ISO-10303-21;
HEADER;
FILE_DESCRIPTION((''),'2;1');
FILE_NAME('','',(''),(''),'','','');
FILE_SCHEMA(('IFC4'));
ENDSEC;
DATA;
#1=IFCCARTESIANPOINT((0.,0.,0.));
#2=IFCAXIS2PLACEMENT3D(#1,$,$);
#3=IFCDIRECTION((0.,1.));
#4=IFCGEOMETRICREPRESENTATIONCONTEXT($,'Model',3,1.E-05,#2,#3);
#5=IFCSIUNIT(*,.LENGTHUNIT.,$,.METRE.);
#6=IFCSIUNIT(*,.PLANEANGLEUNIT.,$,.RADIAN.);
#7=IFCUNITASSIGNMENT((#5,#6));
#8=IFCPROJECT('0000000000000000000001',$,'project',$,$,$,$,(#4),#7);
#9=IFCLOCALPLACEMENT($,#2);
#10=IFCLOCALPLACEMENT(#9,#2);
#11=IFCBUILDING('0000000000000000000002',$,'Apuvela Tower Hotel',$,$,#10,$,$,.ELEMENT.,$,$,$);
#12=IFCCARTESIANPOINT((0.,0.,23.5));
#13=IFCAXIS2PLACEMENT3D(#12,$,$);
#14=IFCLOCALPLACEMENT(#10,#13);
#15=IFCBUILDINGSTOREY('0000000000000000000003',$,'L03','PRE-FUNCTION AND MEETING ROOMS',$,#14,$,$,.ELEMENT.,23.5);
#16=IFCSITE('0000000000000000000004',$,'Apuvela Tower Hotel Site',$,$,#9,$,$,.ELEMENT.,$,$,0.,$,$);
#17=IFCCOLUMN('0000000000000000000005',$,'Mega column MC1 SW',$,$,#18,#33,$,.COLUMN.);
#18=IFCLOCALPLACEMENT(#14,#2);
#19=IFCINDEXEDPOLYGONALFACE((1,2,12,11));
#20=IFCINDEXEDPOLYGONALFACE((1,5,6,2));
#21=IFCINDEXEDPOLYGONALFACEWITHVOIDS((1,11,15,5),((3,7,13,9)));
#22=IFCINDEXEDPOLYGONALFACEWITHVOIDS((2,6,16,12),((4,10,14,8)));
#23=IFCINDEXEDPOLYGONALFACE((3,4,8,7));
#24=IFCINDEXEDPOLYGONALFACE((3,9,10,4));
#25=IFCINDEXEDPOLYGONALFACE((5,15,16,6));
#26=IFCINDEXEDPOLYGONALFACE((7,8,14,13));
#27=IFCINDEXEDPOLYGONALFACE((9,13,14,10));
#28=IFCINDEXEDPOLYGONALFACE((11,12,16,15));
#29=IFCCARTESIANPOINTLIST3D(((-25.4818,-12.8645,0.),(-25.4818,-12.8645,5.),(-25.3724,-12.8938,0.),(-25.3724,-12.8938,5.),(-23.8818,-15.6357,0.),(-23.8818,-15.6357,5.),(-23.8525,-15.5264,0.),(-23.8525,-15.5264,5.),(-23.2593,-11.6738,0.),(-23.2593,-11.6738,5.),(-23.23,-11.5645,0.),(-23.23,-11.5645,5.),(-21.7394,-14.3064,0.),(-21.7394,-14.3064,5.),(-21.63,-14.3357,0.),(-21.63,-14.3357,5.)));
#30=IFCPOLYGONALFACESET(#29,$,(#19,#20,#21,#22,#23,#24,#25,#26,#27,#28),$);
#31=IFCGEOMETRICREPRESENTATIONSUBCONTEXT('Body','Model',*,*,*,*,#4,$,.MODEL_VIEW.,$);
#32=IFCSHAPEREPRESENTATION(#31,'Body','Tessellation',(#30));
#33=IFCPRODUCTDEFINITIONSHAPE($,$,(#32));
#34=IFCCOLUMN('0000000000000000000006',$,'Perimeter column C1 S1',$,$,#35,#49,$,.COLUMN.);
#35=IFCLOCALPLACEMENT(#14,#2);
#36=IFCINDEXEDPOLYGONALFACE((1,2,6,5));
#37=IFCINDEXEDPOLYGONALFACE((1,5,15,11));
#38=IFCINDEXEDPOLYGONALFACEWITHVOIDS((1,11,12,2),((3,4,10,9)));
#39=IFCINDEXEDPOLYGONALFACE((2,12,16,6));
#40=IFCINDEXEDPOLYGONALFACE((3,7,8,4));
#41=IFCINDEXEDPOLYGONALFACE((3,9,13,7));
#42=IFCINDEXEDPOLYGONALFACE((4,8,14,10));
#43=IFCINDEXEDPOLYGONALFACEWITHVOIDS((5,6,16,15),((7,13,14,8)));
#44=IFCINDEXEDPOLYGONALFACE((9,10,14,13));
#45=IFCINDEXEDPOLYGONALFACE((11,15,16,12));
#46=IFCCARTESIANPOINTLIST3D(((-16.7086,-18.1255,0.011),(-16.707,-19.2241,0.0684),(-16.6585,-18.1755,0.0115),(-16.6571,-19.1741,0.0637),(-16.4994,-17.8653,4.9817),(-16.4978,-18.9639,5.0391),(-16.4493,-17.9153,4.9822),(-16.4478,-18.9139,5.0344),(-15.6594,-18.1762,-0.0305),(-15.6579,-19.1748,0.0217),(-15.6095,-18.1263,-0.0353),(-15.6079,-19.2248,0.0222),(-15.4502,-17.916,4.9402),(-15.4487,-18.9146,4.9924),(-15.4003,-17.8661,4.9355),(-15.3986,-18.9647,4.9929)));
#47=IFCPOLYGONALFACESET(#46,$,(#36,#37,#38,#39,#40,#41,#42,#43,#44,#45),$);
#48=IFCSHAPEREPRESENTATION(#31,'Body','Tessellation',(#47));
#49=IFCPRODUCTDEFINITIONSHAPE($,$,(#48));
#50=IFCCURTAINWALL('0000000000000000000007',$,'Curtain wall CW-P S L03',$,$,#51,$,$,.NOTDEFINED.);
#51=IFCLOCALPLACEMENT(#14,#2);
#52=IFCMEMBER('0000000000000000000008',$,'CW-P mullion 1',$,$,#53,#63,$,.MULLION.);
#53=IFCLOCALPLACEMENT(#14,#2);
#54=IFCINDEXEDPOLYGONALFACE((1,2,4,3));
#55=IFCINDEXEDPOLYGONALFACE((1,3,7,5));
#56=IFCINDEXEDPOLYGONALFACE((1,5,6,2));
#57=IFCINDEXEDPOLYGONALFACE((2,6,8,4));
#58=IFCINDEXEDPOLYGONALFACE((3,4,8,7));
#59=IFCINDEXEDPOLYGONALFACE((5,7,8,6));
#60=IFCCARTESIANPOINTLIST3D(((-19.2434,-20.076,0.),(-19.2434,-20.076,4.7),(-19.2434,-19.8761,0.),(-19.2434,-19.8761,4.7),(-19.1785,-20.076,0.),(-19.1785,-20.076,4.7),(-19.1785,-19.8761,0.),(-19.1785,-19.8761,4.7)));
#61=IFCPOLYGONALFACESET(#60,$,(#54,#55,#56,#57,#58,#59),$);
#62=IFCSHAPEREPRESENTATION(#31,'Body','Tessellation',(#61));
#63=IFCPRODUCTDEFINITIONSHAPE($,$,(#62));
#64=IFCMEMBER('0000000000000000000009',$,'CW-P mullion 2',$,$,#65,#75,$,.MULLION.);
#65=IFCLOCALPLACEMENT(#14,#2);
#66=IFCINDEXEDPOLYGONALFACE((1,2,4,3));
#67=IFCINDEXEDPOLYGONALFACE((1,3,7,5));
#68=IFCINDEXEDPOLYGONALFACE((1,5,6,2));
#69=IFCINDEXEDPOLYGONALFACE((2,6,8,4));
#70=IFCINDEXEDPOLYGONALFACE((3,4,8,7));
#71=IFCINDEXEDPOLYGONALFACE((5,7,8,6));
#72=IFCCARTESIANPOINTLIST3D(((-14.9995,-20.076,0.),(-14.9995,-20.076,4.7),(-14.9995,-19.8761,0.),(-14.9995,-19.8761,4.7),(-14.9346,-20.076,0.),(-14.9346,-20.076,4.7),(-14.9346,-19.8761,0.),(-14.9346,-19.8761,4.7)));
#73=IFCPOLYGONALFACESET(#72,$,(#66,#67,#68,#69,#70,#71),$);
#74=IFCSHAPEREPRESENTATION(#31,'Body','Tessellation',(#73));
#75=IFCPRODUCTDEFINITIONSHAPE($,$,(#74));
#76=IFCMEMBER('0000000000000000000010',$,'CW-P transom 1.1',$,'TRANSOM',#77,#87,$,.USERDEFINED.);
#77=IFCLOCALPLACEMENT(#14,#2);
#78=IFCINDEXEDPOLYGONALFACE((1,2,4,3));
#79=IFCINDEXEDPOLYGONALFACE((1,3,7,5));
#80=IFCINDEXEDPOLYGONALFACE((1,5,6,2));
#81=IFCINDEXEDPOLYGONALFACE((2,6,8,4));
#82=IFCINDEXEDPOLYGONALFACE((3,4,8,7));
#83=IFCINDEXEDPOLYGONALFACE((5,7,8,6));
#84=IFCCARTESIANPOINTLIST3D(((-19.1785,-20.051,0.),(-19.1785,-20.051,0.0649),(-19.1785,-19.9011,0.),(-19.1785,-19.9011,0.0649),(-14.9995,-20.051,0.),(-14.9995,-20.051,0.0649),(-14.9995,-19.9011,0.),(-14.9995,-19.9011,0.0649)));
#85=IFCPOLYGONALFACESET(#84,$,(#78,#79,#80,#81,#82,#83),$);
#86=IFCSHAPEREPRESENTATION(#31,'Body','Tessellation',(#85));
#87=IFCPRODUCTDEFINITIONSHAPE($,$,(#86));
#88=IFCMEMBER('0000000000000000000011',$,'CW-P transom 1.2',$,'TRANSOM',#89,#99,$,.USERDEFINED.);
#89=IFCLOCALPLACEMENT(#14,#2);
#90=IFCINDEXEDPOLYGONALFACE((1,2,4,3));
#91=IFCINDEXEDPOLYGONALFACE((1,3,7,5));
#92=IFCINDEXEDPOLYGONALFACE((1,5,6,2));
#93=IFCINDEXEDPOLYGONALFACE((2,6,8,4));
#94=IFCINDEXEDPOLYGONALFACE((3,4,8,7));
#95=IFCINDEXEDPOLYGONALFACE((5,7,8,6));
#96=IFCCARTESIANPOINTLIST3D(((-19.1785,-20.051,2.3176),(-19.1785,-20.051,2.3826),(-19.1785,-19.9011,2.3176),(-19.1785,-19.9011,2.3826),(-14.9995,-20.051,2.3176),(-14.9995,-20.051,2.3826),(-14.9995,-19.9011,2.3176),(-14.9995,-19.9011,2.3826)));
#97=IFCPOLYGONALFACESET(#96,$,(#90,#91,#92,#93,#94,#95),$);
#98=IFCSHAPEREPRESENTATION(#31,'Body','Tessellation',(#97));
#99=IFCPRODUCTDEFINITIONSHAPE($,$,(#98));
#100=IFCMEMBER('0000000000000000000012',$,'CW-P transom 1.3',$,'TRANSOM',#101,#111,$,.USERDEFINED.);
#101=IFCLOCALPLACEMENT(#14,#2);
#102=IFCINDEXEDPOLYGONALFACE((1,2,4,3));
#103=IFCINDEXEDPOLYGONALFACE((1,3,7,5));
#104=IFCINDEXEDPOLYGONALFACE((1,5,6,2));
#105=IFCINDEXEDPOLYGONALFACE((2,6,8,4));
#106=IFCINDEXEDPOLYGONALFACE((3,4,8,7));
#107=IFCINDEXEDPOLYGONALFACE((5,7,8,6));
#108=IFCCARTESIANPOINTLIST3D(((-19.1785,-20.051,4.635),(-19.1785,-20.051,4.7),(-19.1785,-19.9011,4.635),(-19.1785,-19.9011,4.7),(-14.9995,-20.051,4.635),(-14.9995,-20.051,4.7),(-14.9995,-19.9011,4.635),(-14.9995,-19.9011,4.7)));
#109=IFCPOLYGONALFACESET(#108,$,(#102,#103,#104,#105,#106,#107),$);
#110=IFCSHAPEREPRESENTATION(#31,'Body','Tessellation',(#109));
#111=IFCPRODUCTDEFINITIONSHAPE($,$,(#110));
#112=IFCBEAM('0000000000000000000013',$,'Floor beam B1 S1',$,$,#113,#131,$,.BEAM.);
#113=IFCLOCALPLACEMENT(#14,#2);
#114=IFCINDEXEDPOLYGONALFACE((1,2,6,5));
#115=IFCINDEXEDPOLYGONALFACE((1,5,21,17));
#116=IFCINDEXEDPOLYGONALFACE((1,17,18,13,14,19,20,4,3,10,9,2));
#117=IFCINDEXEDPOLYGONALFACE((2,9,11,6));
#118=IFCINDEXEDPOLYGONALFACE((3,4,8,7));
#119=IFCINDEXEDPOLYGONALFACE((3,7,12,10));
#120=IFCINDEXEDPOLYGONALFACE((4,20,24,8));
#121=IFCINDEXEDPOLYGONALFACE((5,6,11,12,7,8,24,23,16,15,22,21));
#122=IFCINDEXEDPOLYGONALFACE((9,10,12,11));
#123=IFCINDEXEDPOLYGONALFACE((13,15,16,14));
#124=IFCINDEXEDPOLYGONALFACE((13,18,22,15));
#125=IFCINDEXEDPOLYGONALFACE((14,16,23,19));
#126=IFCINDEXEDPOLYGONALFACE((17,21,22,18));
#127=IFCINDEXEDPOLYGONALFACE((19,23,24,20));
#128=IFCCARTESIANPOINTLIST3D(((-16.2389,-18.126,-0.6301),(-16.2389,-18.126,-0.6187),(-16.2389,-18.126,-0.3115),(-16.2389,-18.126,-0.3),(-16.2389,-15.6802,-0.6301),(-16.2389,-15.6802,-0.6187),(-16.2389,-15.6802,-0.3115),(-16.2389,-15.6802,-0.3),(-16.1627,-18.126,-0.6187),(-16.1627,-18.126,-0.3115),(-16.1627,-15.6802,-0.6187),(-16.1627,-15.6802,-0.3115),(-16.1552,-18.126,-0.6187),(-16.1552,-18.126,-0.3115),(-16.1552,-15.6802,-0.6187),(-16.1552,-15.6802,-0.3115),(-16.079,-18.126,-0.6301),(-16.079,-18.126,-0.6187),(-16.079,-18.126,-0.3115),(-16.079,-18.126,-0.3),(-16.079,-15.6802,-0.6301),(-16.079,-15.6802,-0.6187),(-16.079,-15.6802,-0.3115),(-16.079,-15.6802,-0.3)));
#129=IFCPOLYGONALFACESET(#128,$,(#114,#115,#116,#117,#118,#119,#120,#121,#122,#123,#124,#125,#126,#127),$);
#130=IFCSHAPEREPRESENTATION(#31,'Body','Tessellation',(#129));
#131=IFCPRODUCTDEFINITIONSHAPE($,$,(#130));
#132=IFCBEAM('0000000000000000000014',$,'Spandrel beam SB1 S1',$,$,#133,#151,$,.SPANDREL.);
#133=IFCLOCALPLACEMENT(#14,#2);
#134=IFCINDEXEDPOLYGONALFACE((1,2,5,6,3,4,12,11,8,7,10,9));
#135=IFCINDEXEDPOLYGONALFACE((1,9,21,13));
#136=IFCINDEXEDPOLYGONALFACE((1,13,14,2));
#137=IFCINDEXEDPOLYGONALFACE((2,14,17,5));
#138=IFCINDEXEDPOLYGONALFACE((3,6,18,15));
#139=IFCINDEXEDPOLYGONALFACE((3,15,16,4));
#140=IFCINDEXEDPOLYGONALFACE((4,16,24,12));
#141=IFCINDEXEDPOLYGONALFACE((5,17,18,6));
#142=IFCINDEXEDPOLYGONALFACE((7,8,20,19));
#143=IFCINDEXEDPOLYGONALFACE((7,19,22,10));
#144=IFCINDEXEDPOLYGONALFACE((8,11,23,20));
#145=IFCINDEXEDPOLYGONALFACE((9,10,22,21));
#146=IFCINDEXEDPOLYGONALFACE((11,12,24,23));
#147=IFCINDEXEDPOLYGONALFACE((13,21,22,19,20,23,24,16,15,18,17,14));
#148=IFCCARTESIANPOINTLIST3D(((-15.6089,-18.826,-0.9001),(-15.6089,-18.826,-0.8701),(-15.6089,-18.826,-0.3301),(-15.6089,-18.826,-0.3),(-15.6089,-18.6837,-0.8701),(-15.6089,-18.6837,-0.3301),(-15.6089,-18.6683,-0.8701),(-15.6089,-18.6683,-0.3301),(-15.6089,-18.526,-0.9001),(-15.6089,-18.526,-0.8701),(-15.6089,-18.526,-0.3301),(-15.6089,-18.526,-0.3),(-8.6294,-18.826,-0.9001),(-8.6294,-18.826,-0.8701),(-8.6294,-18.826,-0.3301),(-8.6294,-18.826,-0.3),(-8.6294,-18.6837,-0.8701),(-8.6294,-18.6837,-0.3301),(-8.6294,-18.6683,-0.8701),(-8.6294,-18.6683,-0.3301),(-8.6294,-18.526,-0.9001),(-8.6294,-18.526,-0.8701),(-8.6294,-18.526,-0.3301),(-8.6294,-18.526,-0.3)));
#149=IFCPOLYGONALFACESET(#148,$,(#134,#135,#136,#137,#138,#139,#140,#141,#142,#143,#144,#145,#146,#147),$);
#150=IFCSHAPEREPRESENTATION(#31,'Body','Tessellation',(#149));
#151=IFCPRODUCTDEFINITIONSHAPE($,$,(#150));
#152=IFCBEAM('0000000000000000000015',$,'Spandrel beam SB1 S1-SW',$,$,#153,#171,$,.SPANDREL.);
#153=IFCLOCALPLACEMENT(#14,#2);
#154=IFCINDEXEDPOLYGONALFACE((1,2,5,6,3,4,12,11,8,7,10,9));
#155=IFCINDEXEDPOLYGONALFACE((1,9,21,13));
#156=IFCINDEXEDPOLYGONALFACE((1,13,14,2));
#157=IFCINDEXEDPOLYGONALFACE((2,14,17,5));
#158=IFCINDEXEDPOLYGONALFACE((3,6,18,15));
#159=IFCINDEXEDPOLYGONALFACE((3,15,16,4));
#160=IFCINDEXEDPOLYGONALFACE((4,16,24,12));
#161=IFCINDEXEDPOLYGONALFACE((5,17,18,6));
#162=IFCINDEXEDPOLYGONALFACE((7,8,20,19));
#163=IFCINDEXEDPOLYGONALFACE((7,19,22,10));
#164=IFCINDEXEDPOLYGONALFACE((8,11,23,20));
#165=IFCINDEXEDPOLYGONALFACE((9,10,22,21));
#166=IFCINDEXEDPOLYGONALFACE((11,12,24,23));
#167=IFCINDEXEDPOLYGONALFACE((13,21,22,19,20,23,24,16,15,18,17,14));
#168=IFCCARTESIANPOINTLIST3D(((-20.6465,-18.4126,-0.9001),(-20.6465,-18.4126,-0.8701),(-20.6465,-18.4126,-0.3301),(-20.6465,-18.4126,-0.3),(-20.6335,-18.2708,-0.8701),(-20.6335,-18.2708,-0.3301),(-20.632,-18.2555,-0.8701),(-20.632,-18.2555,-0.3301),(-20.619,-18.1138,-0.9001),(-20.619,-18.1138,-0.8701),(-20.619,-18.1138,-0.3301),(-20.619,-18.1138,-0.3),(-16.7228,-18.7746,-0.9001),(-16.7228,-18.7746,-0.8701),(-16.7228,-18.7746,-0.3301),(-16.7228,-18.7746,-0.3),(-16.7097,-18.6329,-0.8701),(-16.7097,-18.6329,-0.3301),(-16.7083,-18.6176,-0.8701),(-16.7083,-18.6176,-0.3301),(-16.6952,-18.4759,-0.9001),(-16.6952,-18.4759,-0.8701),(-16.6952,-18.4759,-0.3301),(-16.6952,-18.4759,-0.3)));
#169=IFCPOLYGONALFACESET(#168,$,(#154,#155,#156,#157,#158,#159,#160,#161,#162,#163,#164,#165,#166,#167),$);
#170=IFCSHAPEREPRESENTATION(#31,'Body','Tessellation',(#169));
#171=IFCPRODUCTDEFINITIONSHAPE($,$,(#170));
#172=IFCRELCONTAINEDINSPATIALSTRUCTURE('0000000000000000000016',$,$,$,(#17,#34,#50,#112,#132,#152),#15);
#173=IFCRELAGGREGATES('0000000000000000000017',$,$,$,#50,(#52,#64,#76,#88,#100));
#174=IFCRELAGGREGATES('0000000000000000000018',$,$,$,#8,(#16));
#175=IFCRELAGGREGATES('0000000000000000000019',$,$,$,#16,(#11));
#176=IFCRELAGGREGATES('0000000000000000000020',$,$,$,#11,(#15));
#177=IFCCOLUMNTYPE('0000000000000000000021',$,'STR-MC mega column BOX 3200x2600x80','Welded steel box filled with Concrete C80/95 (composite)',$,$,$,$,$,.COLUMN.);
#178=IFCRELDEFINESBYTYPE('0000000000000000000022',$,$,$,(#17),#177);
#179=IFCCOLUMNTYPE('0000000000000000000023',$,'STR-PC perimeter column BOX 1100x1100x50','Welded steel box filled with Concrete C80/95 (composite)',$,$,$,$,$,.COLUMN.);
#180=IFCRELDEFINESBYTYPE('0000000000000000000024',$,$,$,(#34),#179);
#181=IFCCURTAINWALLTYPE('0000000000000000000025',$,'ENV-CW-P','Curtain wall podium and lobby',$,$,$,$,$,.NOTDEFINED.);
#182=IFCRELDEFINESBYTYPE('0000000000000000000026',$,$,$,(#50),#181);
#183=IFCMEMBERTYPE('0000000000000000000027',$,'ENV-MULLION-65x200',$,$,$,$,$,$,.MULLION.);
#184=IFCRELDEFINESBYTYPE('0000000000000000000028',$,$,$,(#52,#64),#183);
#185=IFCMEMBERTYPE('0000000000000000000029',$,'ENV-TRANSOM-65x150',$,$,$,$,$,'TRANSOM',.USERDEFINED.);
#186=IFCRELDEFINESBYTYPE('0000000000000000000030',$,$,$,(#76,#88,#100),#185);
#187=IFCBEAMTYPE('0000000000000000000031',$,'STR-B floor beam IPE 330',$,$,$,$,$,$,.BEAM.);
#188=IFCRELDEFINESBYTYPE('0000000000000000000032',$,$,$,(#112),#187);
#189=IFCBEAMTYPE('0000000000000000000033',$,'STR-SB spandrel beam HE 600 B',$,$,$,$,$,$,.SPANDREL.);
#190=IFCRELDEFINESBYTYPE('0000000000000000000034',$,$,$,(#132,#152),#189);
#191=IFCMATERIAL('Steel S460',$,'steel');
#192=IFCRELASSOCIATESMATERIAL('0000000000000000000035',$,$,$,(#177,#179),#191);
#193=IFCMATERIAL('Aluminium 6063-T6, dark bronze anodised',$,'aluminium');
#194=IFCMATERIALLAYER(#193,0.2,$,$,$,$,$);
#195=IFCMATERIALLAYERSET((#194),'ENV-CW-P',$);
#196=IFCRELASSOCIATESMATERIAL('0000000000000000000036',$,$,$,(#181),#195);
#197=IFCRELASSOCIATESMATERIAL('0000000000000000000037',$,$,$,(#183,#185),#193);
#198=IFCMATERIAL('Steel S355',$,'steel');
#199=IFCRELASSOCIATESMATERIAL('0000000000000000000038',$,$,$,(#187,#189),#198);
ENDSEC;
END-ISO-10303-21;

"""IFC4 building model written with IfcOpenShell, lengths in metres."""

from ifc_helpers import new_model, si_unit, direction, frame, origin, origin_2d, place, context, subcontext, project, spatial, rectangle, hollow_rectangle, i_section, extrude, boolean, halfspace, material, layer, layer_set, material_profile, profile_set, type_object, element, aggregate, save


model = new_model("IFC4")

# Units and contexts
model_context = context("Model", 3, precision=1e-05, world=origin(), true_north=direction((0.0, 1.0)))
body_context = subcontext(model_context, "Body", "Model", "MODEL_VIEW")
ifc_project = project(units=[si_unit("LENGTHUNIT", "METRE"), si_unit("PLANEANGLEUNIT", "RADIAN")], contexts=[model_context])

# Site, building, storey
site_placement = place(None, origin())
site = spatial("IfcSite", under=ifc_project, at=site_placement, Name="Apuvela Tower Hotel Site", CompositionType="ELEMENT", RefElevation=0.0)
building_placement = place(site_placement, origin())
building = spatial("IfcBuilding", under=site, at=building_placement, Name="Apuvela Tower Hotel", CompositionType="ELEMENT")
storey_placement = place(building_placement, frame((0.0, 0.0, 23.5)))
storey = spatial("IfcBuildingStorey", under=building, at=storey_placement, Name="L03", Description="PRE-FUNCTION AND MEETING ROOMS", CompositionType="ELEMENT", Elevation=23.5)

# Columns
ifc_material_1 = material(Name="Steel S460", Category="steel")
ifc_material_profile_1 = material_profile(ifc_material_1, hollow_rectangle(XDim=3.2, YDim=2.6001, WallThickness=0.0801, at=origin_2d()), Name="BOX 3200x2600x80")
ifc_material_2 = material(Name="Concrete C80/95", Category="concrete")
ifc_material_profile_2 = material_profile(ifc_material_2, rectangle(XDim=3.04, YDim=2.4399, at=origin_2d()), Name="Concrete C80/95 infill")
ifc_profile_set_1 = profile_set([ifc_material_profile_1, ifc_material_profile_2], Name="Steel S460")
column_type_1 = type_object("IfcColumnType", Name="STR-MC mega column BOX 3200x2600x80", Description="Welded steel box filled with Concrete C80/95 (composite)", PredefinedType="COLUMN", material=ifc_profile_set_1)
column_1_placement = place(storey_placement, frame((-23.5559, -13.6001, 0.0), z_axis=(0.0, 0.0, 1.0), x_axis=(-0.5, 0.866025, 0.0)))
element("IfcColumn", 1, at=column_1_placement, inside=storey, type_object=column_type_1, Name="Mega column MC1 SW", PredefinedType="COLUMN", context=body_context, shape_type="SweptSolid", body=[
    extrude(hollow_rectangle(XDim=3.2, YDim=2.6001, WallThickness=0.0801, at=origin_2d()), origin(), (0.0, 0.0, 1.0), 5.0),
])
ifc_material_profile_3 = material_profile(ifc_material_1, hollow_rectangle(XDim=1.1001, YDim=1.1001, WallThickness=0.05, at=origin_2d()), Name="BOX 1100x1100x50")
ifc_material_profile_4 = material_profile(ifc_material_2, rectangle(XDim=1.0, YDim=1.0, at=origin_2d()), Name="Concrete C80/95 infill")
ifc_profile_set_2 = profile_set([ifc_material_profile_3, ifc_material_profile_4], Name="Steel S460")
column_type_2 = type_object("IfcColumnType", Name="STR-PC perimeter column BOX 1100x1100x50", Description="Welded steel box filled with Concrete C80/95 (composite)", PredefinedType="COLUMN", material=ifc_profile_set_2)
column_2_placement = place(storey_placement, frame((-16.1589, -18.676, 0.0), z_axis=(0.041995, 0.052226, 0.997752), x_axis=(-0.999117, 0.000713, 0.042015)))
element("IfcColumn", 2, at=column_2_placement, inside=storey, type_object=column_type_2, Name="Perimeter column C1 S1", PredefinedType="COLUMN", context=body_context, shape_type="SweptSolid", body=[
    boolean("DIFFERENCE", boolean("DIFFERENCE", extrude(hollow_rectangle(XDim=1.1001, YDim=1.1001, WallThickness=0.05, at=origin_2d()), origin(), (0.0, 0.0, 1.0), 5.0112), halfspace(frame((0.0, 0.0, 0.0166), z_axis=(0.0, 0.0, 1.0), x_axis=(1.0, 0.0, 0.0)), True)), halfspace(frame((0.0, 0.0, 4.9985), z_axis=(0.0, 0.0, 1.0), x_axis=(1.0, 0.0, 0.0)), False)),
])

# Curtain wall, members
ifc_material_3 = material(Name="Aluminium 6063-T6, dark bronze anodised", Category="aluminium")
ifc_layer_1 = layer(ifc_material_3, 0.2)
ifc_layer_set_1 = layer_set([ifc_layer_1], Name="ENV-CW-P")
curtain_wall_type = type_object("IfcCurtainWallType", Name="ENV-CW-P", Description="Curtain wall podium and lobby", PredefinedType="NOTDEFINED", material=ifc_layer_set_1)
curtain_wall_placement = place(storey_placement, origin())
curtain_wall = element("IfcCurtainWall", 3, at=curtain_wall_placement, inside=storey, type_object=curtain_wall_type, Name="Curtain wall CW-P S L03", PredefinedType="NOTDEFINED")
ifc_material_profile_5 = material_profile(ifc_material_3, rectangle(XDim=0.2, YDim=0.0649, at=origin_2d()), Name="AL 65x200")
ifc_profile_set_3 = profile_set([ifc_material_profile_5], Name="Aluminium 6063-T6, dark bronze anodised")
member_type_1 = type_object("IfcMemberType", Name="ENV-MULLION-65x200", PredefinedType="MULLION", material=ifc_profile_set_3)
member_1_placement = place(storey_placement, frame((-19.2109, -19.9761, 0.0), z_axis=(0.0, 0.0, 1.0), x_axis=(0.0, 1.0, 0.0)))
member_1 = element("IfcMember", 4, at=member_1_placement, type_object=member_type_1, Name="CW-P mullion 1", PredefinedType="MULLION", context=body_context, shape_type="SweptSolid", body=[
    extrude(rectangle(XDim=0.2, YDim=0.0649, at=origin_2d()), origin(), (0.0, 0.0, 1.0), 4.7),
])
member_2_placement = place(storey_placement, frame((-14.967, -19.9761, 0.0), z_axis=(0.0, 0.0, 1.0), x_axis=(0.0, 1.0, 0.0)))
member_2 = element("IfcMember", 5, at=member_2_placement, type_object=member_type_1, Name="CW-P mullion 2", PredefinedType="MULLION", context=body_context, shape_type="SweptSolid", body=[
    extrude(rectangle(XDim=0.2, YDim=0.0649, at=origin_2d()), origin(), (0.0, 0.0, 1.0), 4.7),
])
ifc_material_profile_6 = material_profile(ifc_material_3, rectangle(XDim=0.1499, YDim=0.0649, at=origin_2d()), Name="AL 65x150 transom")
ifc_profile_set_4 = profile_set([ifc_material_profile_6], Name="Aluminium 6063-T6, dark bronze anodised")
member_type_2 = type_object("IfcMemberType", Name="ENV-TRANSOM-65x150", ElementType="TRANSOM", PredefinedType="USERDEFINED", material=ifc_profile_set_4)
member_3_placement = place(storey_placement, frame((-19.1785, -19.9761, 0.0325), z_axis=(1.0, 0.0, 0.0), x_axis=(0.0, 1.0, 0.0)))
member_3 = element("IfcMember", 6, at=member_3_placement, type_object=member_type_2, Name="CW-P transom 1.1", ObjectType="TRANSOM", PredefinedType="USERDEFINED", context=body_context, shape_type="SweptSolid", body=[
    extrude(rectangle(XDim=0.1499, YDim=0.0649, at=origin_2d()), origin(), (0.0, 0.0, 1.0), 4.179),
])
member_4_placement = place(storey_placement, frame((-19.1785, -19.9761, 2.3501), z_axis=(1.0, 0.0, 0.0), x_axis=(0.0, 1.0, 0.0)))
member_4 = element("IfcMember", 7, at=member_4_placement, type_object=member_type_2, Name="CW-P transom 1.2", ObjectType="TRANSOM", PredefinedType="USERDEFINED", context=body_context, shape_type="SweptSolid", body=[
    extrude(rectangle(XDim=0.1499, YDim=0.0649, at=origin_2d()), origin(), (0.0, 0.0, 1.0), 4.179),
])
member_5_placement = place(storey_placement, frame((-19.1785, -19.9761, 4.6675), z_axis=(1.0, 0.0, 0.0), x_axis=(0.0, 1.0, 0.0)))
member_5 = element("IfcMember", 8, at=member_5_placement, type_object=member_type_2, Name="CW-P transom 1.3", ObjectType="TRANSOM", PredefinedType="USERDEFINED", context=body_context, shape_type="SweptSolid", body=[
    extrude(rectangle(XDim=0.1499, YDim=0.0649, at=origin_2d()), origin(), (0.0, 0.0, 1.0), 4.179),
])

# Beams
ifc_material_4 = material(Name="Steel S355", Category="steel")
ifc_material_profile_7 = material_profile(ifc_material_4, i_section(OverallWidth=0.1599, OverallDepth=0.3301, WebThickness=0.0076, FlangeThickness=0.0115, at=origin_2d()), Name="IPE 330")
ifc_profile_set_5 = profile_set([ifc_material_profile_7], Name="Steel S355")
beam_type_1 = type_object("IfcBeamType", Name="STR-B floor beam IPE 330", PredefinedType="BEAM", material=ifc_profile_set_5)
beam_1_placement = place(storey_placement, frame((-16.1589, -18.126, -0.4651), z_axis=(0.0, 1.0, 0.0), x_axis=(-1.0, 0.0, 0.0)))
element("IfcBeam", 9, at=beam_1_placement, inside=storey, type_object=beam_type_1, Name="Floor beam B1 S1", PredefinedType="BEAM", context=body_context, shape_type="SweptSolid", body=[
    extrude(i_section(OverallWidth=0.1599, OverallDepth=0.3301, WebThickness=0.0076, FlangeThickness=0.0115, at=origin_2d()), origin(), (0.0, 0.0, 1.0), 2.4458),
])
ifc_material_profile_8 = material_profile(ifc_material_4, i_section(OverallWidth=0.3, OverallDepth=0.6001, WebThickness=0.0154, FlangeThickness=0.03, at=origin_2d()), Name="HE 600 B")
ifc_profile_set_6 = profile_set([ifc_material_profile_8], Name="Steel S355")
beam_type_2 = type_object("IfcBeamType", Name="STR-SB spandrel beam HE 600 B", PredefinedType="SPANDREL", material=ifc_profile_set_6)
beam_2_placement = place(storey_placement, frame((-15.6089, -18.676, -0.6001), z_axis=(1.0, 0.0, 0.0), x_axis=(0.0, 1.0, 0.0)))
element("IfcBeam", 10, at=beam_2_placement, inside=storey, type_object=beam_type_2, Name="Spandrel beam SB1 S1", PredefinedType="SPANDREL", context=body_context, shape_type="SweptSolid", body=[
    extrude(i_section(OverallWidth=0.3, OverallDepth=0.6001, WebThickness=0.0154, FlangeThickness=0.03, at=origin_2d()), origin(), (0.0, 0.0, 1.0), 6.9795),
])
beam_3_placement = place(storey_placement, frame((-16.709, -18.6252, -0.6001), z_axis=(-0.99577, 0.091882, 0.0), x_axis=(-0.091882, -0.99577, 0.0)))
element("IfcBeam", 11, at=beam_3_placement, inside=storey, type_object=beam_type_2, Name="Spandrel beam SB1 S1-SW", PredefinedType="SPANDREL", context=body_context, shape_type="SweptSolid", body=[
    extrude(i_section(OverallWidth=0.3, OverallDepth=0.6001, WebThickness=0.0154, FlangeThickness=0.03, at=origin_2d()), origin(), (0.0, 0.0, 1.0), 3.9404),
])

aggregate(curtain_wall, [member_1, member_2, member_3, member_4, member_5])

save(model, "model.ifc")
